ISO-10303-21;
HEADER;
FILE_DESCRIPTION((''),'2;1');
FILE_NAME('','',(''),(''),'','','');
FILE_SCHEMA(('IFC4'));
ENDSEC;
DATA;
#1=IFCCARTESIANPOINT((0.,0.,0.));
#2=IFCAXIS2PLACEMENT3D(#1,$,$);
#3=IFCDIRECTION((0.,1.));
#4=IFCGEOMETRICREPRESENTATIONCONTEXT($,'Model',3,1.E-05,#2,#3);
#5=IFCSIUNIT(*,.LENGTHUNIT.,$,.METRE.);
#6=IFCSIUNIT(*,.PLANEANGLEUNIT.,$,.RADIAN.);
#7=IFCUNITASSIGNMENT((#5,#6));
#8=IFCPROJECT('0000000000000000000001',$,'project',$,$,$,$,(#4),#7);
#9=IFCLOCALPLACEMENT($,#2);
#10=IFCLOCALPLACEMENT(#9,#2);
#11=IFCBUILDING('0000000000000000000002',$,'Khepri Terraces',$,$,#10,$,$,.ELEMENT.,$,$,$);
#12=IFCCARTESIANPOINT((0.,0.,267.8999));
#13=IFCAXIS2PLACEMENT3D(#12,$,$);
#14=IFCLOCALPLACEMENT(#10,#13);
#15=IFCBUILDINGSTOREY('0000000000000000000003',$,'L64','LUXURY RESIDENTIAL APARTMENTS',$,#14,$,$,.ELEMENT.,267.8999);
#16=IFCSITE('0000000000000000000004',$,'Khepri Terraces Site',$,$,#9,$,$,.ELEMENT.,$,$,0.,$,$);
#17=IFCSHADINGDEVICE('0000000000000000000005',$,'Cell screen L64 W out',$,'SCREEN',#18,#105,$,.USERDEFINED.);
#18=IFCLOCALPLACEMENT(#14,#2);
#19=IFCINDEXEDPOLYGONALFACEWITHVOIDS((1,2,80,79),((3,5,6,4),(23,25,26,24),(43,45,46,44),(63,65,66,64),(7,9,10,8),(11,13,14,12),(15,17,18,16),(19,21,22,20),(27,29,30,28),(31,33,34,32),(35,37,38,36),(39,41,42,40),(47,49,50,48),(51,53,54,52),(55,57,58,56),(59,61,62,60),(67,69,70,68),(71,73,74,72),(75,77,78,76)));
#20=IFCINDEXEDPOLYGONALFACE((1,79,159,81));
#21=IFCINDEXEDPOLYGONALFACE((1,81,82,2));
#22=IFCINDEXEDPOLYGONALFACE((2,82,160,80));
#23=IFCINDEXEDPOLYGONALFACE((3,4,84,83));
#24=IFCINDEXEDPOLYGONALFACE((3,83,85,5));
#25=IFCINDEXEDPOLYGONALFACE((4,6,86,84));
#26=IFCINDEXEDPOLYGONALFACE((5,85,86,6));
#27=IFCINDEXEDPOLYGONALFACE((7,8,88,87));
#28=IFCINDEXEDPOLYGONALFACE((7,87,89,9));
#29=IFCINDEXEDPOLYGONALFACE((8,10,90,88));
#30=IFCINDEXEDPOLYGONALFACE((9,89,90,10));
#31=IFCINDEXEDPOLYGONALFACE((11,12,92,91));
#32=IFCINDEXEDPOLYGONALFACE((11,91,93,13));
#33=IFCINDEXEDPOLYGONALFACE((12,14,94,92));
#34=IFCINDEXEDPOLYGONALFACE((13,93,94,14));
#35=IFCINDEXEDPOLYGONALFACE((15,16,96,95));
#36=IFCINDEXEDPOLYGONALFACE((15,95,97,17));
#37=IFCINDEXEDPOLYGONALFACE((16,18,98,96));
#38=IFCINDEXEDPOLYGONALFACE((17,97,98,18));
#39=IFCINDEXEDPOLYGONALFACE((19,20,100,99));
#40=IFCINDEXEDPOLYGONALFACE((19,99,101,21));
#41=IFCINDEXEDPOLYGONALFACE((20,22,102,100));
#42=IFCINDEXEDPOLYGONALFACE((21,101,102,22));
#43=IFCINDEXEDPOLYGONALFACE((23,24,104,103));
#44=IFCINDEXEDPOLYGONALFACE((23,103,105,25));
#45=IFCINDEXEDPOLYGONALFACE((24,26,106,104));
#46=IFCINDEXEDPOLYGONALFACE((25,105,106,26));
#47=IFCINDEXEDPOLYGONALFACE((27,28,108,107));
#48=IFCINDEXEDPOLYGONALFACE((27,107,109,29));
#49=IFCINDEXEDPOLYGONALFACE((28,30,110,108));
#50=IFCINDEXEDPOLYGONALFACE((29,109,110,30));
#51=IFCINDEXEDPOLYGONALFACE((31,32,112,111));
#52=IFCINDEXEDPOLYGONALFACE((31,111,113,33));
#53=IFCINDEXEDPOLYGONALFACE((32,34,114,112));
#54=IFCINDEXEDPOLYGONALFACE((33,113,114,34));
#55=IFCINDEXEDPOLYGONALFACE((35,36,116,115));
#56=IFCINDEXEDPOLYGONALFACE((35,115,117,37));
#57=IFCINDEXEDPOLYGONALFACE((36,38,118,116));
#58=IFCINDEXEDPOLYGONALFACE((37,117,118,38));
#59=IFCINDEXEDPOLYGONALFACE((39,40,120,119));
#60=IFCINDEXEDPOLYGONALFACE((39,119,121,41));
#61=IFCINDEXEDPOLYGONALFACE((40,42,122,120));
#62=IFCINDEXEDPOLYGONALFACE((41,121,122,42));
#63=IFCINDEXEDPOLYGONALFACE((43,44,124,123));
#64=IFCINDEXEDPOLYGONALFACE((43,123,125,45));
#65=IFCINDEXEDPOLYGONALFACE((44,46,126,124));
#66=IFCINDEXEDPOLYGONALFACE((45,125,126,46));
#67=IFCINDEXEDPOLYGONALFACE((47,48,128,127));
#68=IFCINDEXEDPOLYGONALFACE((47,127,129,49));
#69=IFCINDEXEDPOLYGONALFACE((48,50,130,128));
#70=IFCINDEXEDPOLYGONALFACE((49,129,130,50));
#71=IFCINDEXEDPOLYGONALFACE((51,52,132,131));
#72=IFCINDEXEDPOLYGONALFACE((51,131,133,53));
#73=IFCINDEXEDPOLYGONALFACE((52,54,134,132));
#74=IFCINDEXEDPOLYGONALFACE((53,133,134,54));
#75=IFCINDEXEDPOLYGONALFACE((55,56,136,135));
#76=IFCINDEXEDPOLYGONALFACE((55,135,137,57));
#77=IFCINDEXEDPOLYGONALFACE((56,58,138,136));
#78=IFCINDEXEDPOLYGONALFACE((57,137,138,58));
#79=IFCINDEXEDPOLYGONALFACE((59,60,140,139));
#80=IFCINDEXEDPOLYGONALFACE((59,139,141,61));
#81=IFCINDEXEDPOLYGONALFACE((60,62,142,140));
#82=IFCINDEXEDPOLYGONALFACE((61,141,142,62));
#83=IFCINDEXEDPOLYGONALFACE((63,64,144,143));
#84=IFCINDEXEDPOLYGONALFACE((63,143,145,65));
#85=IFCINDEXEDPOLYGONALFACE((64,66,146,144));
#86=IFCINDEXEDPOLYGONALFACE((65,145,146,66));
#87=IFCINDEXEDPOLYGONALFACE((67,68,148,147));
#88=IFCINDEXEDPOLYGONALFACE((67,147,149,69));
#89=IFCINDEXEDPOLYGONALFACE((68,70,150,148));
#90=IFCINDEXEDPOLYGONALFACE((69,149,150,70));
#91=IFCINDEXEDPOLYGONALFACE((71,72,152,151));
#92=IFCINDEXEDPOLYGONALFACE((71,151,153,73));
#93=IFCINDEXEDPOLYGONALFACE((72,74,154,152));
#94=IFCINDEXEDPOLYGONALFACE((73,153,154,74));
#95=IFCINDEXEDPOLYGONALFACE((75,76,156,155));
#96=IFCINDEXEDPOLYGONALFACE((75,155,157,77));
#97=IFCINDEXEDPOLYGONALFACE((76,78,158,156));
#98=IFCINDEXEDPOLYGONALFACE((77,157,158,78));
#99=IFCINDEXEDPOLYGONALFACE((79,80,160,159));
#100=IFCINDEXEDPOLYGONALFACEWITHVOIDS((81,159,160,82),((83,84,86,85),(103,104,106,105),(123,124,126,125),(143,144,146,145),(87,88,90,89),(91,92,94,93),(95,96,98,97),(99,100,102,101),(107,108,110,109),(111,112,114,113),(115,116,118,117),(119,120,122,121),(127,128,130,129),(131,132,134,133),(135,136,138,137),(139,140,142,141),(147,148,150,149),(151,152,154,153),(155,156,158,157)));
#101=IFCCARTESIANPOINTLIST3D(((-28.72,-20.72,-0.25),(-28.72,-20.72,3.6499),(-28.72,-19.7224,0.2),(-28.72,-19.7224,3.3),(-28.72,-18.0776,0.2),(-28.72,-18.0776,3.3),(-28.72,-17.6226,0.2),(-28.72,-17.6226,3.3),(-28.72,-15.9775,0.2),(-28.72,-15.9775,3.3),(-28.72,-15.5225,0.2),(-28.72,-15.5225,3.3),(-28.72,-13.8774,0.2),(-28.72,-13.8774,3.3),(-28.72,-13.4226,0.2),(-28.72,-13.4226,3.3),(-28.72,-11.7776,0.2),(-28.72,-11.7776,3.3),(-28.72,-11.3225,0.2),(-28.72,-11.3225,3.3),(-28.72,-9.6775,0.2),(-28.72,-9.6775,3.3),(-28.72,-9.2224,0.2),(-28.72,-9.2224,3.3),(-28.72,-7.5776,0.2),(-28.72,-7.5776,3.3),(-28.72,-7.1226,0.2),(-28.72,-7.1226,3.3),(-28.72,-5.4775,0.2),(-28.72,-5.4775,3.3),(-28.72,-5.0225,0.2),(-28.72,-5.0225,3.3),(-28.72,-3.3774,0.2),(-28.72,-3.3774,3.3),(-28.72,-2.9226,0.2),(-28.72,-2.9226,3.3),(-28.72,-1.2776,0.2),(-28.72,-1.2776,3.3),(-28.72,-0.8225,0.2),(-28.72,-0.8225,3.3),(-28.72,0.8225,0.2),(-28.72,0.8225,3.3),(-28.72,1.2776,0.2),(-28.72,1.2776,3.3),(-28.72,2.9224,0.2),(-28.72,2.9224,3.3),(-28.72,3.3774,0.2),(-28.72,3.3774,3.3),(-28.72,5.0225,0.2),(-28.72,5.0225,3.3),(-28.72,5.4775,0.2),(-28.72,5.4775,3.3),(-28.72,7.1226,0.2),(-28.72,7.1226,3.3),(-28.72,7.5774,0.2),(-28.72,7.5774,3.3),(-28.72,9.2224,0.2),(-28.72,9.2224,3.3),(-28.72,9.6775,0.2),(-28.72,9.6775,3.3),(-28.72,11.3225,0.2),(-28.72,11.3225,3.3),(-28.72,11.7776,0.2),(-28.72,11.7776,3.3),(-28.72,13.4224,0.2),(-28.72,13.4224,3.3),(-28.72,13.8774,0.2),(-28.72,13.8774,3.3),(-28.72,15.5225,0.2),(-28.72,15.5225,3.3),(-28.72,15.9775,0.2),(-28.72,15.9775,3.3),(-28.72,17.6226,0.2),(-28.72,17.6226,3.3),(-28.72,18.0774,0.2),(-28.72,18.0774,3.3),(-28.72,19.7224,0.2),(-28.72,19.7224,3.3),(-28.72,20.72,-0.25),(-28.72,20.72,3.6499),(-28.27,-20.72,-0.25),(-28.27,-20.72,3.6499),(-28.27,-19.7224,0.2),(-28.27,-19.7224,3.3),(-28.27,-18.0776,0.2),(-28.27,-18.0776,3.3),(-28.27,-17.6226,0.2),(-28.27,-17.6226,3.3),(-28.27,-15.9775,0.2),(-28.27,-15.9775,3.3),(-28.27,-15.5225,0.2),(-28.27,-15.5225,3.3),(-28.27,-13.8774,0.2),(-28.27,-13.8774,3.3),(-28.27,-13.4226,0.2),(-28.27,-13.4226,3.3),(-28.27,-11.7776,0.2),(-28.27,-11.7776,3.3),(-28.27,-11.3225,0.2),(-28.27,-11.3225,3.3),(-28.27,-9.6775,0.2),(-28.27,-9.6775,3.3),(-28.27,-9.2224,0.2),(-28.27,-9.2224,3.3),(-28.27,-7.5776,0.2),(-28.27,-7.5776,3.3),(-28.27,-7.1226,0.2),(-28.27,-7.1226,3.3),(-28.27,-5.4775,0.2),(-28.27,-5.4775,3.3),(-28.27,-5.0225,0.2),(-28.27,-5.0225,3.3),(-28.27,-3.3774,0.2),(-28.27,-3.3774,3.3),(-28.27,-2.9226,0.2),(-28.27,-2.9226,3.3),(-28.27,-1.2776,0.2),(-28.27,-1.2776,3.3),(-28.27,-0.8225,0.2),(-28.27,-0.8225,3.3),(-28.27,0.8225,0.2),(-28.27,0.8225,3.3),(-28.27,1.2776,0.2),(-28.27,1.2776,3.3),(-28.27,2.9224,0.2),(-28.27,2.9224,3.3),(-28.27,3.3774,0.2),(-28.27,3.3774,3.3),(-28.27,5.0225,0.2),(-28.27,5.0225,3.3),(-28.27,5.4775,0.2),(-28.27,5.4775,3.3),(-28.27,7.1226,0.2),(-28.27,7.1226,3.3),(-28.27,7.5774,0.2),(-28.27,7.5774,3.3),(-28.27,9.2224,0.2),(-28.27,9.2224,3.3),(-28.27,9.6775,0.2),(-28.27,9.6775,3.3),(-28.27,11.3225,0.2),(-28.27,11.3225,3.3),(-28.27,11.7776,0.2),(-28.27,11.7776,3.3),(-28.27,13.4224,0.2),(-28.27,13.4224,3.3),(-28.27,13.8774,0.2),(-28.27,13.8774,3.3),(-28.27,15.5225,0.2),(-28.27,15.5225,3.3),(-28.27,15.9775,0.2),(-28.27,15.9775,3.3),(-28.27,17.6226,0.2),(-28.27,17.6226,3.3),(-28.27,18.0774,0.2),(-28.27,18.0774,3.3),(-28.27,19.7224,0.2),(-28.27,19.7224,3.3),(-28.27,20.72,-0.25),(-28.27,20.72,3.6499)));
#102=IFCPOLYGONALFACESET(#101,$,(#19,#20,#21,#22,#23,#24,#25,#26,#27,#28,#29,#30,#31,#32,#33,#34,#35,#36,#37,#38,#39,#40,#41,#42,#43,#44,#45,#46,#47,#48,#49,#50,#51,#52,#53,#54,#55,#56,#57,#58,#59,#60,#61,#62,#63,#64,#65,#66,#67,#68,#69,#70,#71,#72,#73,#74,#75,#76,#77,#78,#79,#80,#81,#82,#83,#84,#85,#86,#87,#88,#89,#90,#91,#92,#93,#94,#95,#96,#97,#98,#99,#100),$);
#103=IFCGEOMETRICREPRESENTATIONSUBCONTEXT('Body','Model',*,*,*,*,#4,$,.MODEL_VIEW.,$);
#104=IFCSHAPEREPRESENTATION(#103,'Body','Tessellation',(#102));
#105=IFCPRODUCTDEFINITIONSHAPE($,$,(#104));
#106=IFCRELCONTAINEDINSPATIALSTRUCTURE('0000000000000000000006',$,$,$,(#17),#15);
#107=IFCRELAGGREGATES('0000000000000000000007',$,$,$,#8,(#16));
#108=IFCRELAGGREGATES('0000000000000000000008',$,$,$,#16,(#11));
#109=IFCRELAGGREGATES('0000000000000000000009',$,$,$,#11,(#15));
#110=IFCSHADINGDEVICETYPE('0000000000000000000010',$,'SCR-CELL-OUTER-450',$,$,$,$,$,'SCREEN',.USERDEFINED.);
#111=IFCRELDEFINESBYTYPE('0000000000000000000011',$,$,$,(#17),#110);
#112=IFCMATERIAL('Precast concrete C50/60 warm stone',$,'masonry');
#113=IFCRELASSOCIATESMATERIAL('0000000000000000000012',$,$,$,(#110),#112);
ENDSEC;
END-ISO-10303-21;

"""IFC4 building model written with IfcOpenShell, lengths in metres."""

from ifc_helpers import new_model, si_unit, direction, frame, origin, place, context, subcontext, project, spatial, polyline, outline, extrude, material, type_object, element, save


model = new_model("IFC4")

# Units and contexts
model_context = context("Model", 3, precision=1e-05, world=origin(), true_north=direction((0.0, 1.0)))
body_context = subcontext(model_context, "Body", "Model", "MODEL_VIEW")
ifc_project = project(units=[si_unit("LENGTHUNIT", "METRE"), si_unit("PLANEANGLEUNIT", "RADIAN")], contexts=[model_context])

# Site, building, storey
site_placement = place(None, origin())
site = spatial("IfcSite", under=ifc_project, at=site_placement, Name="Khepri Terraces Site", CompositionType="ELEMENT", RefElevation=0.0)
building_placement = place(site_placement, origin())
building = spatial("IfcBuilding", under=site, at=building_placement, Name="Khepri Terraces", CompositionType="ELEMENT")
storey_placement = place(building_placement, frame((0.0, 0.0, 267.8999)))
storey = spatial("IfcBuildingStorey", under=building, at=storey_placement, Name="L64", Description="LUXURY RESIDENTIAL APARTMENTS", CompositionType="ELEMENT", Elevation=267.8999)

# Shared definitions
ifc_material_1 = material(Name="Precast concrete C50/60 warm stone", Category="masonry")

# Shading device
shading_device_type_1 = type_object("IfcShadingDeviceType", Name="SCR-CELL-OUTER-450", ElementType="SCREEN", PredefinedType="USERDEFINED", material=ifc_material_1)
shading_device_1_placement = place(storey_placement, frame((-28.27, 20.72, -0.25), z_axis=(-1.0, 0.0, 0.0), x_axis=(0.0, -1.0, 0.0)))
element("IfcShadingDevice", 1, at=shading_device_1_placement, inside=storey, type_object=shading_device_type_1, Name="Cell screen L64 W out", ObjectType="SCREEN", PredefinedType="USERDEFINED", context=body_context, shape_type="SweptSolid", body=[
    extrude(outline(polyline([(0.0, 0.0), (41.4399, 0.0), (41.4399, 3.8999), (0.0, 3.8999), (0.0, 0.0)]), holes=[polyline([(0.9976, 0.45), (2.6426, 0.45), (2.6426, 3.55), (0.9976, 3.55), (0.9976, 0.45)]), polyline([(3.0974, 0.45), (4.7424, 0.45), (4.7424, 3.55), (3.0974, 3.55), (3.0974, 0.45)]), polyline([(5.1975, 0.45), (6.8425, 0.45), (6.8425, 3.55), (5.1975, 3.55), (5.1975, 0.45)]), polyline([(7.2976, 0.45), (8.9424, 0.45), (8.9424, 3.55), (7.2976, 3.55), (7.2976, 0.45)]), polyline([(9.3975, 0.45), (11.0425, 0.45), (11.0425, 3.55), (9.3975, 3.55), (9.3975, 0.45)]), polyline([(11.4976, 0.45), (13.1426, 0.45), (13.1426, 3.55), (11.4976, 3.55), (11.4976, 0.45)]), polyline([(13.5974, 0.45), (15.2424, 0.45), (15.2424, 3.55), (13.5974, 3.55), (13.5974, 0.45)]), polyline([(15.6975, 0.45), (17.3425, 0.45), (17.3425, 3.55), (15.6975, 3.55), (15.6975, 0.45)]), polyline([(17.7976, 0.45), (19.4424, 0.45), (19.4424, 3.55), (17.7976, 3.55), (17.7976, 0.45)]), polyline([(19.8975, 0.45), (21.5425, 0.45), (21.5425, 3.55), (19.8975, 3.55), (19.8975, 0.45)]), polyline([(21.9976, 0.45), (23.6426, 0.45), (23.6426, 3.55), (21.9976, 3.55), (21.9976, 0.45)]), polyline([(24.0974, 0.45), (25.7424, 0.45), (25.7424, 3.55), (24.0974, 3.55), (24.0974, 0.45)]), polyline([(26.1975, 0.45), (27.8425, 0.45), (27.8425, 3.55), (26.1975, 3.55), (26.1975, 0.45)]), polyline([(28.2976, 0.45), (29.9424, 0.45), (29.9424, 3.55), (28.2976, 3.55), (28.2976, 0.45)]), polyline([(30.3975, 0.45), (32.0425, 0.45), (32.0425, 3.55), (30.3975, 3.55), (30.3975, 0.45)]), polyline([(32.4976, 0.45), (34.1426, 0.45), (34.1426, 3.55), (32.4976, 3.55), (32.4976, 0.45)]), polyline([(34.5974, 0.45), (36.2424, 0.45), (36.2424, 3.55), (34.5974, 3.55), (34.5974, 0.45)]), polyline([(36.6975, 0.45), (38.3425, 0.45), (38.3425, 3.55), (36.6975, 3.55), (36.6975, 0.45)]), polyline([(38.7976, 0.45), (40.4424, 0.45), (40.4424, 3.55), (38.7976, 3.55), (38.7976, 0.45)])]), origin(), (0.0, 0.0, 1.0), 0.45),
])

save(model, "model.ifc")
